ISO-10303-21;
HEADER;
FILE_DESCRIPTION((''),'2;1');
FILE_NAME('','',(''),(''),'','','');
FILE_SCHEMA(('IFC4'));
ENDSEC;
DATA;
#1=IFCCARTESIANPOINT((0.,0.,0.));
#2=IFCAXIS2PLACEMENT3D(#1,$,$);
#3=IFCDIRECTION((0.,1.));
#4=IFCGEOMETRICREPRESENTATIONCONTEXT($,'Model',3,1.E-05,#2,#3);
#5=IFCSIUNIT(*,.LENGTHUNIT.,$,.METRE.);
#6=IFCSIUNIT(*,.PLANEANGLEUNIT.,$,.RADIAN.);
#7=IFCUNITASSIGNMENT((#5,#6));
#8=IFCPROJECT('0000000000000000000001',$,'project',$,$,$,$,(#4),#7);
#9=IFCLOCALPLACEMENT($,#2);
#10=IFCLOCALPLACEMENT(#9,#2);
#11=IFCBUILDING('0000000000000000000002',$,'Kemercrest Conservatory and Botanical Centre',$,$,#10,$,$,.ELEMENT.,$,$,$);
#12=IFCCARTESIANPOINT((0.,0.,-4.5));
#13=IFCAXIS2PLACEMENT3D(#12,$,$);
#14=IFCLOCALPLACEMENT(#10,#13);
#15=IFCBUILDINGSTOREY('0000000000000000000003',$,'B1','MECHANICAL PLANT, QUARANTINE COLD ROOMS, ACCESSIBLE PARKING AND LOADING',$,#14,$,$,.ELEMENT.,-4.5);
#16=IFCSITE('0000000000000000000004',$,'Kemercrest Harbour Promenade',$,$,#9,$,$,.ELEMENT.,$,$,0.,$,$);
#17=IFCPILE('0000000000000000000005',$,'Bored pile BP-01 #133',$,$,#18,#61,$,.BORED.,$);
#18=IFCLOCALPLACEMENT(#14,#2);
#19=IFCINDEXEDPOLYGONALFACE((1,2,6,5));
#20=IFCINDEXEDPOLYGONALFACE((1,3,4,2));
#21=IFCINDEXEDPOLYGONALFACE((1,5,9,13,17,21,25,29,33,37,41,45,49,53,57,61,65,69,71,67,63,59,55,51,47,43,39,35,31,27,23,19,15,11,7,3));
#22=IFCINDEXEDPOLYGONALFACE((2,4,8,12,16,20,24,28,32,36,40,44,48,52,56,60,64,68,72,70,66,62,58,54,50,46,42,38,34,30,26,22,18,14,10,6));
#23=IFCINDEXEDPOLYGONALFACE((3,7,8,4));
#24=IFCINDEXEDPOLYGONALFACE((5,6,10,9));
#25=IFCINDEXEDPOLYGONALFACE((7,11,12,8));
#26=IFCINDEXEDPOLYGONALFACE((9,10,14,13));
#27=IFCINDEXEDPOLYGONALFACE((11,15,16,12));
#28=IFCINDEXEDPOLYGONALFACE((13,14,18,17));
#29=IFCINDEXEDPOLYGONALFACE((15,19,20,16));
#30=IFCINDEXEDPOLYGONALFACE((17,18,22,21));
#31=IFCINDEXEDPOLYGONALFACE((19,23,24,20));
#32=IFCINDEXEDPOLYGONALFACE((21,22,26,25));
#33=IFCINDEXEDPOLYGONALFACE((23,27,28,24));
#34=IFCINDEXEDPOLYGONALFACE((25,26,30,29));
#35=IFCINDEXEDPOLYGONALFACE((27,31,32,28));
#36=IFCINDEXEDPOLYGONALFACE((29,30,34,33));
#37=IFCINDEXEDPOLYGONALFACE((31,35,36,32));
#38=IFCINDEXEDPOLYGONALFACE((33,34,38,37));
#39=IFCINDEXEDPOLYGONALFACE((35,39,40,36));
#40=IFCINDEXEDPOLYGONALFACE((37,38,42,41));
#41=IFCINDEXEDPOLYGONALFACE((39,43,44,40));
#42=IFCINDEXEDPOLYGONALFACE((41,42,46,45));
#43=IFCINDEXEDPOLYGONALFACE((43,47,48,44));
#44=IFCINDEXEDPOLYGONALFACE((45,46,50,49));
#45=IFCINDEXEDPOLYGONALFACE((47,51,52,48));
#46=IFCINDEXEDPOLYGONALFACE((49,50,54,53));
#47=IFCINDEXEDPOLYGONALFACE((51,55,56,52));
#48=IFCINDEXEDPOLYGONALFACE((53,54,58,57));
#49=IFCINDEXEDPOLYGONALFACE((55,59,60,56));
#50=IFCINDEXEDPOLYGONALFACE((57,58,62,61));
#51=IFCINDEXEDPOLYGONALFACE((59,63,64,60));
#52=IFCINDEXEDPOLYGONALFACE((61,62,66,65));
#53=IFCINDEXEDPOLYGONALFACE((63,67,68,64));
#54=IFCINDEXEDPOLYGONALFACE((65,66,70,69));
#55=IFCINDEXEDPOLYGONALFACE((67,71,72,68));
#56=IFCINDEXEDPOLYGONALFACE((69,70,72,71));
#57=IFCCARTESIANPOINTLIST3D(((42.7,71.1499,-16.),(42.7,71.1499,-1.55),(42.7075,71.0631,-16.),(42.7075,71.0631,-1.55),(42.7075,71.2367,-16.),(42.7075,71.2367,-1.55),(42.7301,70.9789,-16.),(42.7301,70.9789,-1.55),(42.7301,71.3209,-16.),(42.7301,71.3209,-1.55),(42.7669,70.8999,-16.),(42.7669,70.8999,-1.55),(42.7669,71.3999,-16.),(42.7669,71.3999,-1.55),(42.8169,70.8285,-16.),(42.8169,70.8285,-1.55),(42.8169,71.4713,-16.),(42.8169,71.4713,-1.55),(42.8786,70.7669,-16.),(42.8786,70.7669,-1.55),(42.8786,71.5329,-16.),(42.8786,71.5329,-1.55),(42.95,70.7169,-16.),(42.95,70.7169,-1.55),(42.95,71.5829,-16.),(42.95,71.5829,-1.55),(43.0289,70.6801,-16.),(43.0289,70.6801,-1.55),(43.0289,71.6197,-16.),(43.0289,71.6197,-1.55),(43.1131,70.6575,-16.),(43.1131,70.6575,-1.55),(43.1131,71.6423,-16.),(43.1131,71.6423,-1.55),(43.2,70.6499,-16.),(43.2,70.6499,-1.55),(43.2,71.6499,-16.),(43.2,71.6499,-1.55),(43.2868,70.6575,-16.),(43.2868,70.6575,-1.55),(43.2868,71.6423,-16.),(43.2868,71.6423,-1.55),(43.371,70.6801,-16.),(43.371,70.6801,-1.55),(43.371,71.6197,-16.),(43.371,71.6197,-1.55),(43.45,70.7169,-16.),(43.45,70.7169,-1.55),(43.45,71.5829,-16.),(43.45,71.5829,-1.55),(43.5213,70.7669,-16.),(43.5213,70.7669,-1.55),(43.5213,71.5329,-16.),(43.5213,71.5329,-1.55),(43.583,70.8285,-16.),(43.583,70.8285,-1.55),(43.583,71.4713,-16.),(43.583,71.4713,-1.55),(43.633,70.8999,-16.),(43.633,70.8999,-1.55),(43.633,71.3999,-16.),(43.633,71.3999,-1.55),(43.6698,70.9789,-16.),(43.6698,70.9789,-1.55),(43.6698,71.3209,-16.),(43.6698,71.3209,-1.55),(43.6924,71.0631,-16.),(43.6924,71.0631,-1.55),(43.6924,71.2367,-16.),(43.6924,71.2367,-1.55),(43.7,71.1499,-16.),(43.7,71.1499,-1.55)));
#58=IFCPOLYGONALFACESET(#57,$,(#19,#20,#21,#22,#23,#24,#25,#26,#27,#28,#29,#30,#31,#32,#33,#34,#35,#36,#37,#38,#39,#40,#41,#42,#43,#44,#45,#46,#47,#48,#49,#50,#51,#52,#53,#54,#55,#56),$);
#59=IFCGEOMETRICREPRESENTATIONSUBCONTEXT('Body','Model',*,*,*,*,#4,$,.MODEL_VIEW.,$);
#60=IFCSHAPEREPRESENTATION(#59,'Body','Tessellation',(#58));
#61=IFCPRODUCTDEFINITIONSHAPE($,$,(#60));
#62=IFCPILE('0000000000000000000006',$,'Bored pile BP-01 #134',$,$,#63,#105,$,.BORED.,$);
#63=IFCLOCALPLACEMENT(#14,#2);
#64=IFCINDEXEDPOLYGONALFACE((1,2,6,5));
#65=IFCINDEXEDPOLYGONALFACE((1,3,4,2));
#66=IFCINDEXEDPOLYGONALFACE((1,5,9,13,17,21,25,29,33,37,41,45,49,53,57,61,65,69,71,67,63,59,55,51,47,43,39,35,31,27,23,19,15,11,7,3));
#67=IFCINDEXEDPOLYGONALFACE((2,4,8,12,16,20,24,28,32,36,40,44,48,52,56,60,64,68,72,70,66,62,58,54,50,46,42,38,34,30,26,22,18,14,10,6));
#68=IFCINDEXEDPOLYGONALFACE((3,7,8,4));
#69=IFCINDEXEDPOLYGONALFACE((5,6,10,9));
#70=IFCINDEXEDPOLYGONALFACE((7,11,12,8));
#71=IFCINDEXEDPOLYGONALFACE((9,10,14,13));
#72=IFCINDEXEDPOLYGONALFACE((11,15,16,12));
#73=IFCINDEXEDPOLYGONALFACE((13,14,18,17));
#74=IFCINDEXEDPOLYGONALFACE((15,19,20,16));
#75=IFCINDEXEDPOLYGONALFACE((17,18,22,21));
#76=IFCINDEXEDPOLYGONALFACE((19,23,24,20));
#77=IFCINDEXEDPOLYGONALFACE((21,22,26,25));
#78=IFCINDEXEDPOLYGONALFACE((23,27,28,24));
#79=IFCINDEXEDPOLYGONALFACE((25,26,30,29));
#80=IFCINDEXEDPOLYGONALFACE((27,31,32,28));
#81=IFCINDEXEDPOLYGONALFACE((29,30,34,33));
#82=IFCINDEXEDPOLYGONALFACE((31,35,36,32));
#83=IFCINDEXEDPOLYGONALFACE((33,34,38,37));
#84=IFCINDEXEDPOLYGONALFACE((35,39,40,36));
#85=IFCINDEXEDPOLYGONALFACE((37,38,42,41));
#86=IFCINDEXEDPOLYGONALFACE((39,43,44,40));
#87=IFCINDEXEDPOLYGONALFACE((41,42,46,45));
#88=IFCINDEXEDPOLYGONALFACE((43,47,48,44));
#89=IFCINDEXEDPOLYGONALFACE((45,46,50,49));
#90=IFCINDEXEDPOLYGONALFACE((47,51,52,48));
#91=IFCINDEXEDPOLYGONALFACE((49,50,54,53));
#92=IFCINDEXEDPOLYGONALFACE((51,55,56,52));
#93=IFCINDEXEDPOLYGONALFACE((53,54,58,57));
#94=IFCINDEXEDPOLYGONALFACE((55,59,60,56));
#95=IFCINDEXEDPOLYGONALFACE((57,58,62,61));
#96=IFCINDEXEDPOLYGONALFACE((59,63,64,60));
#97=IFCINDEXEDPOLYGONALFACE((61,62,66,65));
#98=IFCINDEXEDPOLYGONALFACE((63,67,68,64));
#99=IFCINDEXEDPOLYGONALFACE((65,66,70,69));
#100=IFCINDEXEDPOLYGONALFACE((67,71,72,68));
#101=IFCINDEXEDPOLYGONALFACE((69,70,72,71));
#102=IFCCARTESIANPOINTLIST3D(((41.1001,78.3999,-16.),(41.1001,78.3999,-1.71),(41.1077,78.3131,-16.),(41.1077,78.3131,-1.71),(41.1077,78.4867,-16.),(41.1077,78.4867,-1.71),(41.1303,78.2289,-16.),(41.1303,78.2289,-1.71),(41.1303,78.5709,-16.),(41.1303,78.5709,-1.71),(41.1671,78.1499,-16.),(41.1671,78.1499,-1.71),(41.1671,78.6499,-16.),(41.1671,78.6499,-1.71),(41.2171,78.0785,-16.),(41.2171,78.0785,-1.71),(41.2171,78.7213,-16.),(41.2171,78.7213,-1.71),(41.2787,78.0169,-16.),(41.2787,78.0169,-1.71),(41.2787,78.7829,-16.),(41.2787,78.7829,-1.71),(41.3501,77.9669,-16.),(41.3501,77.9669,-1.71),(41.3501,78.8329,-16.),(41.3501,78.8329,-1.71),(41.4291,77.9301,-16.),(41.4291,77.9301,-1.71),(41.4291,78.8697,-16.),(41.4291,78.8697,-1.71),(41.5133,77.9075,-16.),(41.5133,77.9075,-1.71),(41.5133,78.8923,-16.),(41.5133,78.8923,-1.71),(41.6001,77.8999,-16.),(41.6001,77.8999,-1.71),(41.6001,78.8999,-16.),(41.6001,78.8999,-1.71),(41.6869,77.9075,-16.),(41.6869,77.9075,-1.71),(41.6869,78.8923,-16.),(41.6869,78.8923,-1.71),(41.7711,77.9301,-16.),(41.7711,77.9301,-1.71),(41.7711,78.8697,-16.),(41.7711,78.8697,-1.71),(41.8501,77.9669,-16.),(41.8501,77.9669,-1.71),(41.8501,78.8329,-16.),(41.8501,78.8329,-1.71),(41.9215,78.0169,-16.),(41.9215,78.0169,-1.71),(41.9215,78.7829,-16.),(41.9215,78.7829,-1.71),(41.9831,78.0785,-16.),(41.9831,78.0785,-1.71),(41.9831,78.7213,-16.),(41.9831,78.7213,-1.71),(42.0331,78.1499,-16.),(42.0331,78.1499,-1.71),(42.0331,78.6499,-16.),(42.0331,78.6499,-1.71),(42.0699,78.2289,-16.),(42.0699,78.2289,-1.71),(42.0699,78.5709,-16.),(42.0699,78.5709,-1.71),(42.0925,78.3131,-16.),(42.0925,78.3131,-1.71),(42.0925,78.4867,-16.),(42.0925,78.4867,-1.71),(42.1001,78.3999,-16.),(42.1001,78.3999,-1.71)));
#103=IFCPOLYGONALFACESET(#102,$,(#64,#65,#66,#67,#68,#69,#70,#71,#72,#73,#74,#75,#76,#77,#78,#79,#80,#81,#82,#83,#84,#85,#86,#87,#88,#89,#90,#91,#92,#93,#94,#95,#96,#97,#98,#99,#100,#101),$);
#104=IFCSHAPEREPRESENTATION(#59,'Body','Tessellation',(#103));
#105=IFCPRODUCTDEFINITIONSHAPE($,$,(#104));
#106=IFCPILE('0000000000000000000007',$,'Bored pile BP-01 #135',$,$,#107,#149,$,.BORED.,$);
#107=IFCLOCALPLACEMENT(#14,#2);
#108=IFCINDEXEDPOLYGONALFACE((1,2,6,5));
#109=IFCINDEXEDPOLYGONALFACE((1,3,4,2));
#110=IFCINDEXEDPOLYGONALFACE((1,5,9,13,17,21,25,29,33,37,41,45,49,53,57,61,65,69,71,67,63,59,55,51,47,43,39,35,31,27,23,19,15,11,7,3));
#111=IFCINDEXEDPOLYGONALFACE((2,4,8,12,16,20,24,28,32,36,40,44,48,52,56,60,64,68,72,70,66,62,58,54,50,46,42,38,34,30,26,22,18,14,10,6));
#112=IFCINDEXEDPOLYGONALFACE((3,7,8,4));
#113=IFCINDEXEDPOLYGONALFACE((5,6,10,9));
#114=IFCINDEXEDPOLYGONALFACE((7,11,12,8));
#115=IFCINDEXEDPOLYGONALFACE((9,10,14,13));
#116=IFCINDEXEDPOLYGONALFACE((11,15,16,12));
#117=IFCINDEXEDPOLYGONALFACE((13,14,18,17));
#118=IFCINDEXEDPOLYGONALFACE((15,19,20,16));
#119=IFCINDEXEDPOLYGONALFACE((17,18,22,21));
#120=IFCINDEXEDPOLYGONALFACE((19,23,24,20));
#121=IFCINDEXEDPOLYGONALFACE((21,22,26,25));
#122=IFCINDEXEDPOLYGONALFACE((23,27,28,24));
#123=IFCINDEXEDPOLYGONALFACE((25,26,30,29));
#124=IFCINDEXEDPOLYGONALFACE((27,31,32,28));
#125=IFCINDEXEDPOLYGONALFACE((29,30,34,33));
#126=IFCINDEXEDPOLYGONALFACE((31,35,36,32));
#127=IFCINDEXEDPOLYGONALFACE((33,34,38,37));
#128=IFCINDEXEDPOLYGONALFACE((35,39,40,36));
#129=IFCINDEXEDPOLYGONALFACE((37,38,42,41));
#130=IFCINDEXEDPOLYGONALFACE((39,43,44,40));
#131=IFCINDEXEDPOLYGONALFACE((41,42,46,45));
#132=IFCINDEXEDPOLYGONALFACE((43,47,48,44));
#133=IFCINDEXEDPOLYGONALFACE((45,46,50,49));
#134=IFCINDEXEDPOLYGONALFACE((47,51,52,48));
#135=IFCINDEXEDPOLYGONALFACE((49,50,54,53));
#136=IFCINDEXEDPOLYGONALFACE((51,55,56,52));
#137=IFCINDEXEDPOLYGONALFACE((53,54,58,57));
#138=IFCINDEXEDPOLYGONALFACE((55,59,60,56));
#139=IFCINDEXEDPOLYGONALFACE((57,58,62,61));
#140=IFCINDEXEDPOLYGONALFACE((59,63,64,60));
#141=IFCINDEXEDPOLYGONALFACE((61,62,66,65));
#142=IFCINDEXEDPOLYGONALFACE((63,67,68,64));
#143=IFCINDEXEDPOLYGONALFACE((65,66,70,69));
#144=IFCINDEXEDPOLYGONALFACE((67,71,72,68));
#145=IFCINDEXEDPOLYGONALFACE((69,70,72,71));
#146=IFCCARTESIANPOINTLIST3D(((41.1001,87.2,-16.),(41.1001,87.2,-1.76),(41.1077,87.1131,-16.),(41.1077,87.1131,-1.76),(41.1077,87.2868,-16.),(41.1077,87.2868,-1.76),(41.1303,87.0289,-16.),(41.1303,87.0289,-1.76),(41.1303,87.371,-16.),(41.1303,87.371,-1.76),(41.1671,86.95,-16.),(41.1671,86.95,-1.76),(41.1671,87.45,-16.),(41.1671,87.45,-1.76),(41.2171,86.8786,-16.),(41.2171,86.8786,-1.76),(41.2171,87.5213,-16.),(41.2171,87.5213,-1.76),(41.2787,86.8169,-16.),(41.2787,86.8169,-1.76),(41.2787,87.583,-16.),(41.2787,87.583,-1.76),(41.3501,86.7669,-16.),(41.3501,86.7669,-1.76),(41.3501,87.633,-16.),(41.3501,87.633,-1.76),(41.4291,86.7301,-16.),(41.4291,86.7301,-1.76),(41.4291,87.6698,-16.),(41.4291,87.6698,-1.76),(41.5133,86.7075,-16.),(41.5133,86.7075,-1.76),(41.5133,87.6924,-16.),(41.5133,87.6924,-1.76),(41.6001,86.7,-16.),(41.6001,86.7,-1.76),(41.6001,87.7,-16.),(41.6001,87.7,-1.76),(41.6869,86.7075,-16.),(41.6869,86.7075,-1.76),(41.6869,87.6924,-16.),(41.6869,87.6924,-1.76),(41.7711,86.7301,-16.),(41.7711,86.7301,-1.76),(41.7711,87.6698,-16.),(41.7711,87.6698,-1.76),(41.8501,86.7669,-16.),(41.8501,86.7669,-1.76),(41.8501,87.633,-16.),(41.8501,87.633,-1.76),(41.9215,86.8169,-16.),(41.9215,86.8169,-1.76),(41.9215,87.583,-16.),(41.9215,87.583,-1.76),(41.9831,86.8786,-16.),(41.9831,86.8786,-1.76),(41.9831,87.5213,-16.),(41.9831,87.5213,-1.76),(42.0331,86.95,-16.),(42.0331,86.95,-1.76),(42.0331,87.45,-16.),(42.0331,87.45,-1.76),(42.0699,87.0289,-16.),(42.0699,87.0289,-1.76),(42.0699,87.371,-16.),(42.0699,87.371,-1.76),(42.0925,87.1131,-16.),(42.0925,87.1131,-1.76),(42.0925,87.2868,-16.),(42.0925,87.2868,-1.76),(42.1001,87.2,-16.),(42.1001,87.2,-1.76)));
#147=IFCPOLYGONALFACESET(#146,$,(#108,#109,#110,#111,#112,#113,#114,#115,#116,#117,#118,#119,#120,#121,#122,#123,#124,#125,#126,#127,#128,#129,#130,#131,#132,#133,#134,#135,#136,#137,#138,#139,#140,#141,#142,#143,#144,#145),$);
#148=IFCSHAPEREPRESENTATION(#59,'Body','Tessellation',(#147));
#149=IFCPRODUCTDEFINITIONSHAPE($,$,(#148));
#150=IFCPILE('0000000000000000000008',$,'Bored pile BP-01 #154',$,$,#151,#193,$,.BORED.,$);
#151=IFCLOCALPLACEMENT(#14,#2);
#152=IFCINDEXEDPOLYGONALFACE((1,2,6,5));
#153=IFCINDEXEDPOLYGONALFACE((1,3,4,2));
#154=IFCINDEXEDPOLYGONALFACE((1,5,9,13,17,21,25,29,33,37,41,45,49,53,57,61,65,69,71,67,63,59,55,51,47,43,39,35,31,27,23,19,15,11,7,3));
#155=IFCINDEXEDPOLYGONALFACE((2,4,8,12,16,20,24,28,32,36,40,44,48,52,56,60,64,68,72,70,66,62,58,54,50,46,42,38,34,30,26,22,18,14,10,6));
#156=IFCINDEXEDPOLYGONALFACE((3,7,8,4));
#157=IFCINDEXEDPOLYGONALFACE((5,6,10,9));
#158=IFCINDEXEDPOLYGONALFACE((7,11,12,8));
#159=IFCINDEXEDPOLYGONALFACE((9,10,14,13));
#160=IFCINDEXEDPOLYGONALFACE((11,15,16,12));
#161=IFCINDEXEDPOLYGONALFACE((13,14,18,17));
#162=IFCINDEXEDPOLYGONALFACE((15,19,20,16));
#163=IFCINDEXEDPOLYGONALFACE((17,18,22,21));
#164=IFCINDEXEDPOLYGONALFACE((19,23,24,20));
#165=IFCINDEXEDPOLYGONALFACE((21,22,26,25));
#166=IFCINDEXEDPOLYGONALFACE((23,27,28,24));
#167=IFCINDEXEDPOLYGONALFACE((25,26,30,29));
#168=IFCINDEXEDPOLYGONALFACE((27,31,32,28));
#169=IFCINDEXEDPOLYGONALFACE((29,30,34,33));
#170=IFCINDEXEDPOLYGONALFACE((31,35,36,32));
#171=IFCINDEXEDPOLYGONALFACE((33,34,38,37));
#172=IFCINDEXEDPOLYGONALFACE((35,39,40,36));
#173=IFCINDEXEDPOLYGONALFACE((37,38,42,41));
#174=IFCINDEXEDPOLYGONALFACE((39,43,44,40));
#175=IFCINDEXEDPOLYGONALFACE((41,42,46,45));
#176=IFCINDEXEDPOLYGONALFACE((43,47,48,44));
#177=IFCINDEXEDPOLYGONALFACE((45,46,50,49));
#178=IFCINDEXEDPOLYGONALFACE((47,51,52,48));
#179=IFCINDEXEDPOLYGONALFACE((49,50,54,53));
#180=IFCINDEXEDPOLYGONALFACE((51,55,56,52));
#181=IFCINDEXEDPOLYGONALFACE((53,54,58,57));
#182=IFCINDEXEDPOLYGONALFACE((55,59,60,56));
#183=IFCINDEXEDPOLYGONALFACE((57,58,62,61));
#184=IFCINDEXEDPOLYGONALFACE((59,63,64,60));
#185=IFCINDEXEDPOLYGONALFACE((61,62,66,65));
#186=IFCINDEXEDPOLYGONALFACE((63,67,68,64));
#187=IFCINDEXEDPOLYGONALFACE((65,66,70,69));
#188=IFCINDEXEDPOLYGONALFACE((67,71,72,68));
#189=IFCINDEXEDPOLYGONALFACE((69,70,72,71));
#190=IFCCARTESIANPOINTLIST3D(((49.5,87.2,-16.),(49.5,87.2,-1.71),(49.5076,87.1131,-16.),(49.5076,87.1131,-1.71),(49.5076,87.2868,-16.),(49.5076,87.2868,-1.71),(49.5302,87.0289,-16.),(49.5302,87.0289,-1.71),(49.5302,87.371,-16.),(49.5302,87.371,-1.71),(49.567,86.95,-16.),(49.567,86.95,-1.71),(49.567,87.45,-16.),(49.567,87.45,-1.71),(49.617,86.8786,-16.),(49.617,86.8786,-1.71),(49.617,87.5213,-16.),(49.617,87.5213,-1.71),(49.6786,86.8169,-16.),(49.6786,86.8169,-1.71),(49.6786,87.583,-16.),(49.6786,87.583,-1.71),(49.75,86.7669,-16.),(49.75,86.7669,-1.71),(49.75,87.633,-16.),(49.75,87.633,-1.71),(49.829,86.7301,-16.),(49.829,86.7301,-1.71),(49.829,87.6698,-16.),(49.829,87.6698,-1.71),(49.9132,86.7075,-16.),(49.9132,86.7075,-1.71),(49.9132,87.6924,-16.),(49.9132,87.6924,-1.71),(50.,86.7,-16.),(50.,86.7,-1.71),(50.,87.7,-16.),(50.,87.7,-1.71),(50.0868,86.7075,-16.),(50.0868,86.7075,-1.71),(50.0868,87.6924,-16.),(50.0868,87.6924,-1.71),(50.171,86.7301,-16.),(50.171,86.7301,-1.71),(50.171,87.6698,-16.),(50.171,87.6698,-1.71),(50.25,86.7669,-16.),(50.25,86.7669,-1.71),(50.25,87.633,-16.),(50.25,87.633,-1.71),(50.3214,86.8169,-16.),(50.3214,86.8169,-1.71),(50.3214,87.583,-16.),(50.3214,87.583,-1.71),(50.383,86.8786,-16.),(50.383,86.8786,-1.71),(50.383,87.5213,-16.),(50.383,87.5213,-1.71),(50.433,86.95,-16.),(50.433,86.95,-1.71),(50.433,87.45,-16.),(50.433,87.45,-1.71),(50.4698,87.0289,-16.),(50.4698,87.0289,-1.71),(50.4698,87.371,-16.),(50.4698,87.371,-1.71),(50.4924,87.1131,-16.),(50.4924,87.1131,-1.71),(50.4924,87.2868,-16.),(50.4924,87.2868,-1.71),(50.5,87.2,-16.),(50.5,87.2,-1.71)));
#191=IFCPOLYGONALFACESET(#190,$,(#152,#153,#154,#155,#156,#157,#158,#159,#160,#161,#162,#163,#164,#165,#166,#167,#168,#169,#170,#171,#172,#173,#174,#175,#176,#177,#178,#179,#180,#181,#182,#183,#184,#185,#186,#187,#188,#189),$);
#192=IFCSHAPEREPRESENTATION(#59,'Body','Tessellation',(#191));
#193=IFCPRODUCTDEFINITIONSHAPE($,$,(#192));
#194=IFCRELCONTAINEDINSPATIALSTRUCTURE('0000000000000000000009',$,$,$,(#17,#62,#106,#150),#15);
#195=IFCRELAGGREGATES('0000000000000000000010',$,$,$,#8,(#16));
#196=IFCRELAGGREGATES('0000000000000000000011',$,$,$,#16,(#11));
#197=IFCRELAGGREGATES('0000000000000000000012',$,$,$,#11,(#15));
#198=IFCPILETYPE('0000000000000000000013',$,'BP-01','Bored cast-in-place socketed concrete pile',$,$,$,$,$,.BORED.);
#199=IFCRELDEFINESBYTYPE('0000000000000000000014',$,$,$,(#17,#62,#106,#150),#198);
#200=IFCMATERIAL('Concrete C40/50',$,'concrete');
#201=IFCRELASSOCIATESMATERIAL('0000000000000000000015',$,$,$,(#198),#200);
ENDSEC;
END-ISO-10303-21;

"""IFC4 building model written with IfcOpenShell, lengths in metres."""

from ifc_helpers import new_model, si_unit, direction, frame, origin, origin_2d, place, context, subcontext, project, spatial, circle, extrude, material, material_profile, profile_set, type_object, element, save


model = new_model("IFC4")

# Units and contexts
model_context = context("Model", 3, precision=1e-05, world=origin(), true_north=direction((0.0, 1.0)))
body_context = subcontext(model_context, "Body", "Model", "MODEL_VIEW")
ifc_project = project(units=[si_unit("LENGTHUNIT", "METRE"), si_unit("PLANEANGLEUNIT", "RADIAN")], contexts=[model_context])

# Site, building, storey
site_placement = place(None, origin())
site = spatial("IfcSite", under=ifc_project, at=site_placement, Name="Kemercrest Harbour Promenade", CompositionType="ELEMENT", RefElevation=0.0)
building_placement = place(site_placement, origin())
building = spatial("IfcBuilding", under=site, at=building_placement, Name="Kemercrest Conservatory and Botanical Centre", CompositionType="ELEMENT")
storey_placement = place(building_placement, frame((0.0, 0.0, -4.5)))
storey = spatial("IfcBuildingStorey", under=building, at=storey_placement, Name="B1", Description="MECHANICAL PLANT, QUARANTINE COLD ROOMS, ACCESSIBLE PARKING AND LOADING", CompositionType="ELEMENT", Elevation=-4.5)

# Piles
ifc_material_1 = material(Name="Concrete C40/50", Category="concrete")
ifc_material_profile_1 = material_profile(ifc_material_1, circle(Radius=0.5, at=origin_2d()), Name="BORED PILE 1000")
ifc_profile_set_1 = profile_set([ifc_material_profile_1], Name="Concrete C40/50")
pile_type_1 = type_object("IfcPileType", Name="BP-01", Description="Bored cast-in-place socketed concrete pile", PredefinedType="BORED", material=ifc_profile_set_1)
pile_1_placement = place(storey_placement, frame((43.2, 71.1499, -1.55), z_axis=(0.0, 0.0, -1.0), x_axis=(1.0, 0.0, 0.0)))
element("IfcPile", 1, at=pile_1_placement, inside=storey, type_object=pile_type_1, Name="Bored pile BP-01 #133", PredefinedType="BORED", context=body_context, shape_type="SweptSolid", body=[
    extrude(circle(Radius=0.5, at=origin_2d()), origin(), (0.0, 0.0, 1.0), 14.45),
])
pile_2_placement = place(storey_placement, frame((41.6001, 78.3999, -1.71), z_axis=(0.0, 0.0, -1.0), x_axis=(1.0, 0.0, 0.0)))
element("IfcPile", 2, at=pile_2_placement, inside=storey, type_object=pile_type_1, Name="Bored pile BP-01 #134", PredefinedType="BORED", context=body_context, shape_type="SweptSolid", body=[
    extrude(circle(Radius=0.5, at=origin_2d()), origin(), (0.0, 0.0, 1.0), 14.29),
])
pile_3_placement = place(storey_placement, frame((41.6001, 87.2, -1.76), z_axis=(0.0, 0.0, -1.0), x_axis=(1.0, 0.0, 0.0)))
element("IfcPile", 3, at=pile_3_placement, inside=storey, type_object=pile_type_1, Name="Bored pile BP-01 #135", PredefinedType="BORED", context=body_context, shape_type="SweptSolid", body=[
    extrude(circle(Radius=0.5, at=origin_2d()), origin(), (0.0, 0.0, 1.0), 14.24),
])
pile_4_placement = place(storey_placement, frame((50.0, 87.2, -1.71), z_axis=(0.0, 0.0, -1.0), x_axis=(1.0, 0.0, 0.0)))
element("IfcPile", 4, at=pile_4_placement, inside=storey, type_object=pile_type_1, Name="Bored pile BP-01 #154", PredefinedType="BORED", context=body_context, shape_type="SweptSolid", body=[
    extrude(circle(Radius=0.5, at=origin_2d()), origin(), (0.0, 0.0, 1.0), 14.29),
])

save(model, "model.ifc")
